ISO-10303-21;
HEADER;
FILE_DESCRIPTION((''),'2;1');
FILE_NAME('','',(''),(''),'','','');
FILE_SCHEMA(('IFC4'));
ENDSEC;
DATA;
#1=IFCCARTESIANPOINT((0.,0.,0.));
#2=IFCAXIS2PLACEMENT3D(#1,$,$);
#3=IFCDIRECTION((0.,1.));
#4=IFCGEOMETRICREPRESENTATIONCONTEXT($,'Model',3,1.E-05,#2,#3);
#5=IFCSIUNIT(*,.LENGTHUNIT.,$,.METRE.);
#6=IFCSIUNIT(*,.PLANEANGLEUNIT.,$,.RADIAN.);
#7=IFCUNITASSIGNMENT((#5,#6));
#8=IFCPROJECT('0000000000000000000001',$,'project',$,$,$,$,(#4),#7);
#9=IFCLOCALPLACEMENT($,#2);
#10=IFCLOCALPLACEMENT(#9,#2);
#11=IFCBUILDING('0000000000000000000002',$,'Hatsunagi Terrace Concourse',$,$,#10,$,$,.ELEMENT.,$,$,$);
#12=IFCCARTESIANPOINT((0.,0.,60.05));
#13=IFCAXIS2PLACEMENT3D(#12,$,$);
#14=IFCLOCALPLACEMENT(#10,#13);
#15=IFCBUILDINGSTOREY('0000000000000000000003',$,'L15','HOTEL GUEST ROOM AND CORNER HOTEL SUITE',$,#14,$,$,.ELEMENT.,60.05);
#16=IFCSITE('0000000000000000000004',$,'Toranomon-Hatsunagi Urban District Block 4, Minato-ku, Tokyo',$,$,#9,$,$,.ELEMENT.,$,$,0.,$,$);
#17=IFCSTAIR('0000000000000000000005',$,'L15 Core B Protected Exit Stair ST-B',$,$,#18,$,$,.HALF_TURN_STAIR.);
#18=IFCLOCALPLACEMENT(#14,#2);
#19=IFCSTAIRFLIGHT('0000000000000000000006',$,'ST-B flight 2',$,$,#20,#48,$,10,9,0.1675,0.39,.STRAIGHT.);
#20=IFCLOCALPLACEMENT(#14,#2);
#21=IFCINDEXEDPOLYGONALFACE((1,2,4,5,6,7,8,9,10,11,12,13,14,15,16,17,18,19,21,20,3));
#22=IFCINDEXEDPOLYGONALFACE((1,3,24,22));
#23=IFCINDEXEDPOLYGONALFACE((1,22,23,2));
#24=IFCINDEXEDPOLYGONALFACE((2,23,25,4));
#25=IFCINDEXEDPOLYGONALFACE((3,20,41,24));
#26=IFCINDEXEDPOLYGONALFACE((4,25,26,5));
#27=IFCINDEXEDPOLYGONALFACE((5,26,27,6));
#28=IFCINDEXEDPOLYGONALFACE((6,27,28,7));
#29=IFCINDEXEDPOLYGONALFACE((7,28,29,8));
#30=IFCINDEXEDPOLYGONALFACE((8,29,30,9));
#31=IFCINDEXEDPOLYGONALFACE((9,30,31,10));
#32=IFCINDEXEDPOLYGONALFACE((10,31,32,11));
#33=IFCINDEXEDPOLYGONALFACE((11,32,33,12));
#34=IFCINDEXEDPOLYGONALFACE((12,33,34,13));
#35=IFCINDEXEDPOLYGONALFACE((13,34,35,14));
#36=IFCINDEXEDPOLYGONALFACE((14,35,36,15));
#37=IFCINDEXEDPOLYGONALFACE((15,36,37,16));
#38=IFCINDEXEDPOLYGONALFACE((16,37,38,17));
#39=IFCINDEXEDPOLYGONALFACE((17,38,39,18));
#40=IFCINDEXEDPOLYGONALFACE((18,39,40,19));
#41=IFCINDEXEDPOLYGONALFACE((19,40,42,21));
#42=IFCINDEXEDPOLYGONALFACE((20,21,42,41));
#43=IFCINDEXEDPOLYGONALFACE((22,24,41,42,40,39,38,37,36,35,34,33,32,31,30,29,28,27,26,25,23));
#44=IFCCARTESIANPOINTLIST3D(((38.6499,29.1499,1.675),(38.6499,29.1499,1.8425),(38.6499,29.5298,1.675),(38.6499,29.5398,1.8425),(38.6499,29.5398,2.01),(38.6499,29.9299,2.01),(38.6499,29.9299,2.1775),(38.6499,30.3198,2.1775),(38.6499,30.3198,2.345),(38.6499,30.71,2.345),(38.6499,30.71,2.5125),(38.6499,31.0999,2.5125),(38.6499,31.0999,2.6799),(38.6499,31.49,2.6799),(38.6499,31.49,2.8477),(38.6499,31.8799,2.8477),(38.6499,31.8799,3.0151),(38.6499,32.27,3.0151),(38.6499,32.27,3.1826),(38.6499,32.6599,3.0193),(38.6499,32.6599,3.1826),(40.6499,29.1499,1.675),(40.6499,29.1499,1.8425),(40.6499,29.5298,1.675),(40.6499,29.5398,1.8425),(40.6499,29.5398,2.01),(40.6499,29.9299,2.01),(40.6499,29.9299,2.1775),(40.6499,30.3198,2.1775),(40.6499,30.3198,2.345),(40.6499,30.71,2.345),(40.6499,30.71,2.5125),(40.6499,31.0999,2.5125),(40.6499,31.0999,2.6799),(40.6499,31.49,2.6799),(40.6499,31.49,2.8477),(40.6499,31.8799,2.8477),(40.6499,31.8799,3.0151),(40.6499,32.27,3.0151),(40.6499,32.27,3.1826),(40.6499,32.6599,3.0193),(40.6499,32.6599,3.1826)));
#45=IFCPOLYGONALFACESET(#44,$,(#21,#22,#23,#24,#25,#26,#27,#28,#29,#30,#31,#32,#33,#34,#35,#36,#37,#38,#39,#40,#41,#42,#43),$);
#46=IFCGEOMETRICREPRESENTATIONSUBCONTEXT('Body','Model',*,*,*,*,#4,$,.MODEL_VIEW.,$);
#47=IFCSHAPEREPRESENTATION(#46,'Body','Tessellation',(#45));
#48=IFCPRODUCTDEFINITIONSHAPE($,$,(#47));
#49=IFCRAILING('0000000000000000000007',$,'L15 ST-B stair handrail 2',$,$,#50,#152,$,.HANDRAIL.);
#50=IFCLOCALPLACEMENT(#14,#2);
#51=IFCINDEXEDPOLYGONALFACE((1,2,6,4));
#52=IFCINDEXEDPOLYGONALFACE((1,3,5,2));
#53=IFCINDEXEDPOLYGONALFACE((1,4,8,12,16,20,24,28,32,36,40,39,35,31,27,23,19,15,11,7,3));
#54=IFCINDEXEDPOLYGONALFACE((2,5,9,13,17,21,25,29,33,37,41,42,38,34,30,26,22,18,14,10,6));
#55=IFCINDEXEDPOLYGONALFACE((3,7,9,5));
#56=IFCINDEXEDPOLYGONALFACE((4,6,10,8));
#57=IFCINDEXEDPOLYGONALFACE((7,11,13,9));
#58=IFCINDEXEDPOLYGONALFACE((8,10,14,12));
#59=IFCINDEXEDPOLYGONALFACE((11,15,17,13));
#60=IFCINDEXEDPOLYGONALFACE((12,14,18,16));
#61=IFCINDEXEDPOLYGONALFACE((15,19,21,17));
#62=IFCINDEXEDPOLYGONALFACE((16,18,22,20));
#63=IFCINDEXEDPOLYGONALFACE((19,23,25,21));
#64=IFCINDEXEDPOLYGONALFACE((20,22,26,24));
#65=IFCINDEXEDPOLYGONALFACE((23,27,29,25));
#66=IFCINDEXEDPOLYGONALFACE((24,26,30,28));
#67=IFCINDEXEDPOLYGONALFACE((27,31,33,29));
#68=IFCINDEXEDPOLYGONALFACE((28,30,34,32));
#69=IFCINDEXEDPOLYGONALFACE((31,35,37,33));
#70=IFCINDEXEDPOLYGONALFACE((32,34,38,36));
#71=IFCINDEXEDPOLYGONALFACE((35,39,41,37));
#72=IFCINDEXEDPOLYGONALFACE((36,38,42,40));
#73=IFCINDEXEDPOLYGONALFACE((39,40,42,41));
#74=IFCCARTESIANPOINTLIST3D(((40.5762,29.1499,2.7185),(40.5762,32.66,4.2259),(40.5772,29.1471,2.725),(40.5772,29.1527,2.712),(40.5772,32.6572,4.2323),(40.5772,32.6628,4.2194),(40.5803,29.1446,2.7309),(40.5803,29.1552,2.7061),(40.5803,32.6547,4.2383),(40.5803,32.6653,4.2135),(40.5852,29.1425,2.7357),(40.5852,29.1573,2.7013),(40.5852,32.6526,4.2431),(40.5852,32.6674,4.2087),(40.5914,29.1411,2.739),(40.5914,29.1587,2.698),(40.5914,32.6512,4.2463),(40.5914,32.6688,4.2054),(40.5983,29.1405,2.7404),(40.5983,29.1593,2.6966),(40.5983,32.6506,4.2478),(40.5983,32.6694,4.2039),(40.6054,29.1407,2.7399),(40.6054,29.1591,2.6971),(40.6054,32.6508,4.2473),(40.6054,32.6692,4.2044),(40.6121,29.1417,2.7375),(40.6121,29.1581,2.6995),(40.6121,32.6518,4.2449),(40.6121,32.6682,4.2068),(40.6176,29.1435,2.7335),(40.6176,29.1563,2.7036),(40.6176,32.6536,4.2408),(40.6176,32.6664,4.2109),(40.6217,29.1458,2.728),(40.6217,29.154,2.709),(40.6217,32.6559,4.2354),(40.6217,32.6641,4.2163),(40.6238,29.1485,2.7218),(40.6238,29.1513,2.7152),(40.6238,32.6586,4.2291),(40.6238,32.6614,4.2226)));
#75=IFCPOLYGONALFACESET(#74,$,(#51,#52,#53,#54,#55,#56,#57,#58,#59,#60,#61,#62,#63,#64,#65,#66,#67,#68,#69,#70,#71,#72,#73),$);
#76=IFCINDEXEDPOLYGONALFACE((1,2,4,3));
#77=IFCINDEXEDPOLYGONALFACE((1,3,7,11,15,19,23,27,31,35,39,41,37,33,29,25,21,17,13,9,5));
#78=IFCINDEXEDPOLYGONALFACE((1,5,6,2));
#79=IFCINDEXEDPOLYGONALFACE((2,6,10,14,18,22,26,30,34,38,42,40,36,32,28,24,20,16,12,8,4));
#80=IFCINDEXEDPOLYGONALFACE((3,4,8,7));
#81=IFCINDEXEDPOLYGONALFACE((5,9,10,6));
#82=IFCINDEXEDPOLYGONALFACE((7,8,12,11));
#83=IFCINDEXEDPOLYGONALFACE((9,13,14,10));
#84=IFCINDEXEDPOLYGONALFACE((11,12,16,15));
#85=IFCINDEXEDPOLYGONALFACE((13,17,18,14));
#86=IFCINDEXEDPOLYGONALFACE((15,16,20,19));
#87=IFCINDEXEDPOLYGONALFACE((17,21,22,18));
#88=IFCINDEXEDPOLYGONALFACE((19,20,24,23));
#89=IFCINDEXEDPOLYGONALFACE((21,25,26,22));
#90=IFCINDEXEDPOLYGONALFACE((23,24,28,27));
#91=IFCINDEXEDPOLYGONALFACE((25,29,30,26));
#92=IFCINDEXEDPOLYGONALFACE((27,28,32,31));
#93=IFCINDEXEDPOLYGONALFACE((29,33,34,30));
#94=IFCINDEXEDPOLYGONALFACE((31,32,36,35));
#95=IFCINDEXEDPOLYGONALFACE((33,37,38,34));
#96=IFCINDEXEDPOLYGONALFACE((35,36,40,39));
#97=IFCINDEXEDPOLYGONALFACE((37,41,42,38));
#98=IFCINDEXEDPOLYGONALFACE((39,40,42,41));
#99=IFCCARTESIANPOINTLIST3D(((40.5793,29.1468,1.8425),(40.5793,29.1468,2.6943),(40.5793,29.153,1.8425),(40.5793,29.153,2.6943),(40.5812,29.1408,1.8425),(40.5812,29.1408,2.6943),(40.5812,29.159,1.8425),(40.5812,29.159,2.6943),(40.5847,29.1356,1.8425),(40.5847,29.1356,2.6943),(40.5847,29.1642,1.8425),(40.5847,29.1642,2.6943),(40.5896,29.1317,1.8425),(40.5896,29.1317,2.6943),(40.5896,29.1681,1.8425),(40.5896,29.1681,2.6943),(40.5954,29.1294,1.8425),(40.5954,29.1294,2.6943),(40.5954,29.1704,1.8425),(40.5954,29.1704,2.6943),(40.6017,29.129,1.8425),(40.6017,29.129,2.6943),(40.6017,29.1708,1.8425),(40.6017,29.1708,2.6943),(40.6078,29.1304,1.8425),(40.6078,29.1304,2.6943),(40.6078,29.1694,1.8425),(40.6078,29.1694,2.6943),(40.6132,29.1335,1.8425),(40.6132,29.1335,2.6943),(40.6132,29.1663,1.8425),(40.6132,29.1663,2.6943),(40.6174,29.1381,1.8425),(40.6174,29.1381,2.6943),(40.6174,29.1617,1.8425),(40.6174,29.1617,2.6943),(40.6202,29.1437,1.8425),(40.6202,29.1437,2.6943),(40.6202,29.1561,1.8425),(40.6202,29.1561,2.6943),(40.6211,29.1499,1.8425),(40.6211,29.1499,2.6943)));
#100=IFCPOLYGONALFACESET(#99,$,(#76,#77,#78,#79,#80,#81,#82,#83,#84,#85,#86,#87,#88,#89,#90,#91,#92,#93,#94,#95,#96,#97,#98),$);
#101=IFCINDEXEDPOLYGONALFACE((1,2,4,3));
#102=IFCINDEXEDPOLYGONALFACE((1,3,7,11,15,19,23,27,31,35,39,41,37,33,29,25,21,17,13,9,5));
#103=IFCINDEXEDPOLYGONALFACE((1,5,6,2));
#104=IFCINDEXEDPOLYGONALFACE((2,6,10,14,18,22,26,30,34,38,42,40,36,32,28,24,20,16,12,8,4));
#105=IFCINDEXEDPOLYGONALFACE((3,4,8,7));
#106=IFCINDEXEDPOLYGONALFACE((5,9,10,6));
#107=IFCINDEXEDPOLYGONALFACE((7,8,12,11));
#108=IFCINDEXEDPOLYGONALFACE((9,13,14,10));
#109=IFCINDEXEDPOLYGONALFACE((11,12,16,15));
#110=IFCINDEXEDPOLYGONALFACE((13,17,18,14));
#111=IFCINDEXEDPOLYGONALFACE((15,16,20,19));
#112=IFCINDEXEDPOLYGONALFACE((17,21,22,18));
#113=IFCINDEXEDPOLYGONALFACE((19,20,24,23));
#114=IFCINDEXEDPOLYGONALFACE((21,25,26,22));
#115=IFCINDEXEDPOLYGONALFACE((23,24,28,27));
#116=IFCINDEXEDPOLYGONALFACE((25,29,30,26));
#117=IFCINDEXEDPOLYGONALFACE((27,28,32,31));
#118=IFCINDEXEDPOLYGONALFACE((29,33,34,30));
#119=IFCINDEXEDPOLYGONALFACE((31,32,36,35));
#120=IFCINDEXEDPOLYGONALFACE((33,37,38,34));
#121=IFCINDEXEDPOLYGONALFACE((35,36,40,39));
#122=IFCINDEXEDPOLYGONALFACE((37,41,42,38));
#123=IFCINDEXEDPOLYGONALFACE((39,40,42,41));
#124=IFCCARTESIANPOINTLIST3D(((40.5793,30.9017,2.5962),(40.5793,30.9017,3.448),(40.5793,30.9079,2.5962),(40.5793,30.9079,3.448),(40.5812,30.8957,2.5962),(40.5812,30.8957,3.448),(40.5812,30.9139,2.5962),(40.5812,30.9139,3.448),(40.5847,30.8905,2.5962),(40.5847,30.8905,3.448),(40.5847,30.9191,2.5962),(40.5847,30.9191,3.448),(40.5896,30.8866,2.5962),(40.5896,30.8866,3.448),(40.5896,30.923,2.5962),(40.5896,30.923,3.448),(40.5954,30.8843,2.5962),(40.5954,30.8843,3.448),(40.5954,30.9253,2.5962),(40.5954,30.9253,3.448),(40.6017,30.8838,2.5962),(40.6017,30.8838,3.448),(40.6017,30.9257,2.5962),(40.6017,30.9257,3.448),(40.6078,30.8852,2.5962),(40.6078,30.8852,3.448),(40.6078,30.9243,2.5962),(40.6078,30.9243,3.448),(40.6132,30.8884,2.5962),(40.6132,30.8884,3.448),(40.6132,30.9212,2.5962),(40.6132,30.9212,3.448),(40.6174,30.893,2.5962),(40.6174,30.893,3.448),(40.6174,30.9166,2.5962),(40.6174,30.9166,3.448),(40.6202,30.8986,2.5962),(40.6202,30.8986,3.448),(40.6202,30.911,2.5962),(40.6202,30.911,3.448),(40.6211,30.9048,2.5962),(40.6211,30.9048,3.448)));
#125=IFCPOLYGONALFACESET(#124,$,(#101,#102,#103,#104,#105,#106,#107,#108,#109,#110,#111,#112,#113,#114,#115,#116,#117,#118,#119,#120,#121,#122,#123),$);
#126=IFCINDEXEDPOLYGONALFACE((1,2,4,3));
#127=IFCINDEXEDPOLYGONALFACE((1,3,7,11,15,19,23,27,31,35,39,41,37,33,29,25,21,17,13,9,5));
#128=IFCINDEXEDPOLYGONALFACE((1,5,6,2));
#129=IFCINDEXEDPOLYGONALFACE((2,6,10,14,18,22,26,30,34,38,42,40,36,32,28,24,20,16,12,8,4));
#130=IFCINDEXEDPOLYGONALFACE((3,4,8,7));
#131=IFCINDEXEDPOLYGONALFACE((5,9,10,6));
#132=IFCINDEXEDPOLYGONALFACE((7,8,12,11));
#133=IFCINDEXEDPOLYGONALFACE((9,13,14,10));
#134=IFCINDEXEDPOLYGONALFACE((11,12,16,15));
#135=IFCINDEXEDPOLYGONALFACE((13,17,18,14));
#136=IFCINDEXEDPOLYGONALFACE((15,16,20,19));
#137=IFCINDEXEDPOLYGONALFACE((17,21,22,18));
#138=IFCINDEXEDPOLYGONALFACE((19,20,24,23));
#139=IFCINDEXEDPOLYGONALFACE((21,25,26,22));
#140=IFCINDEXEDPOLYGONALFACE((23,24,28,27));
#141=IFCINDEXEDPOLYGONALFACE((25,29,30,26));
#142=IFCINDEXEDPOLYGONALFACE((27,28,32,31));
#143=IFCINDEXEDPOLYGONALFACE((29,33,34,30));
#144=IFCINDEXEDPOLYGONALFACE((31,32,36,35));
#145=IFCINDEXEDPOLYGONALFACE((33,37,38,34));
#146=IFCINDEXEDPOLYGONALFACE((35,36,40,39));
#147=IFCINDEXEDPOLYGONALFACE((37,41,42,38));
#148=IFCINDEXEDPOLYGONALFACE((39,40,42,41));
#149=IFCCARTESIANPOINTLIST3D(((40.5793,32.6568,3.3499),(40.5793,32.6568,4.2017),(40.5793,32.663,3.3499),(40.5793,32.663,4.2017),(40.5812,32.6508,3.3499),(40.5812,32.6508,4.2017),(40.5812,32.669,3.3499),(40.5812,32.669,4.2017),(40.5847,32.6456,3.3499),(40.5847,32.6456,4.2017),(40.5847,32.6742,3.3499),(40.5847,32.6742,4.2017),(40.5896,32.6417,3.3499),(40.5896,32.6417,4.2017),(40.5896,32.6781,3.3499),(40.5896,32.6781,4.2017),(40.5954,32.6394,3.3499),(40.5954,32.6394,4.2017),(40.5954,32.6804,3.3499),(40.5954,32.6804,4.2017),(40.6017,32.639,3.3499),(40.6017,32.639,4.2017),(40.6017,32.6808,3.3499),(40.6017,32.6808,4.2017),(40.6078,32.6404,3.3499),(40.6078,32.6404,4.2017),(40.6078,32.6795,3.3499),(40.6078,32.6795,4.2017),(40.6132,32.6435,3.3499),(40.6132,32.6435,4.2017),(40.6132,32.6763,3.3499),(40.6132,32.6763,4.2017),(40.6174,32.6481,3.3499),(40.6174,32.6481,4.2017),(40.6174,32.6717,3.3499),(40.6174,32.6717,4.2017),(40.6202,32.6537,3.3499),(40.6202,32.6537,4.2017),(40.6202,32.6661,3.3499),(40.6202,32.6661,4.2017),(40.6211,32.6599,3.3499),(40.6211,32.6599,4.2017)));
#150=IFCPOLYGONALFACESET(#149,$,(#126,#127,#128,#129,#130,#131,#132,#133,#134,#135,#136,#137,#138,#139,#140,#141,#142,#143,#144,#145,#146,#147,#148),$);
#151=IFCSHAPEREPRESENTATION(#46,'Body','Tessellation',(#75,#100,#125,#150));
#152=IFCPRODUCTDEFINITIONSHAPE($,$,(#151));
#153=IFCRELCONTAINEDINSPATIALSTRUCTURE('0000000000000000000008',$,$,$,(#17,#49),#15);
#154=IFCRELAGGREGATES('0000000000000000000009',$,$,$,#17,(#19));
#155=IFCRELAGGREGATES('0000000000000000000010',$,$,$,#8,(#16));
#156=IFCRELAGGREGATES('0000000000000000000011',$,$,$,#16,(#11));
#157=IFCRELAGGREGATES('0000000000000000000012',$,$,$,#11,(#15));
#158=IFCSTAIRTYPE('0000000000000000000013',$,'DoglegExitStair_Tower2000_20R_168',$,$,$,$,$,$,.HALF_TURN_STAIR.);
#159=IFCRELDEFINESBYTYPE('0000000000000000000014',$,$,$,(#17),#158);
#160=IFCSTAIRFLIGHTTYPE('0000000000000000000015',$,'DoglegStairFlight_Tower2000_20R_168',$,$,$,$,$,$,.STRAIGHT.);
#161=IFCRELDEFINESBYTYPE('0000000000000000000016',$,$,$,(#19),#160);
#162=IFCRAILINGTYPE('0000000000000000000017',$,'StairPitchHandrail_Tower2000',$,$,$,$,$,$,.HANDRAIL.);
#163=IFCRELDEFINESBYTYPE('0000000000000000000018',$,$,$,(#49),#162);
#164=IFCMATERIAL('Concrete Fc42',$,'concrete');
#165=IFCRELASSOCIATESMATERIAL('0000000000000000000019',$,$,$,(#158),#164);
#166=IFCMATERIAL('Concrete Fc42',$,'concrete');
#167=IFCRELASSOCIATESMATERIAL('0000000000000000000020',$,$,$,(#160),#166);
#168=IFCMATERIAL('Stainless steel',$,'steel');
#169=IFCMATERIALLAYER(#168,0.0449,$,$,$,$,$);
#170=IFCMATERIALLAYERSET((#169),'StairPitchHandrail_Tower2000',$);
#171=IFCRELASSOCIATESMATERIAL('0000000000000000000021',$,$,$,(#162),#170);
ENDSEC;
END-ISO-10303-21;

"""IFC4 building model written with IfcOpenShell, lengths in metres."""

from ifc_helpers import new_model, si_unit, direction, frame, origin, origin_2d, place, context, subcontext, project, spatial, polyline, circle, outline, extrude, material, layer, layer_set, type_object, element, aggregate, save


model = new_model("IFC4")

# Units and contexts
model_context = context("Model", 3, precision=1e-05, world=origin(), true_north=direction((0.0, 1.0)))
body_context = subcontext(model_context, "Body", "Model", "MODEL_VIEW")
ifc_project = project(units=[si_unit("LENGTHUNIT", "METRE"), si_unit("PLANEANGLEUNIT", "RADIAN")], contexts=[model_context])

# Site, building, storey
site_placement = place(None, origin())
site = spatial("IfcSite", under=ifc_project, at=site_placement, Name="Toranomon-Hatsunagi Urban District Block 4, Minato-ku, Tokyo", CompositionType="ELEMENT", RefElevation=0.0)
building_placement = place(site_placement, origin())
building = spatial("IfcBuilding", under=site, at=building_placement, Name="Hatsunagi Terrace Concourse", CompositionType="ELEMENT")
storey_placement = place(building_placement, frame((0.0, 0.0, 60.05)))
storey = spatial("IfcBuildingStorey", under=building, at=storey_placement, Name="L15", Description="HOTEL GUEST ROOM AND CORNER HOTEL SUITE", CompositionType="ELEMENT", Elevation=60.05)

# Stair, stair flight
ifc_material_1 = material(Name="Concrete Fc42", Category="concrete")
stair_type = type_object("IfcStairType", Name="DoglegExitStair_Tower2000_20R_168", PredefinedType="HALF_TURN_STAIR", material=ifc_material_1)
stair_placement = place(storey_placement, origin())
stair = element("IfcStair", 1, at=stair_placement, inside=storey, type_object=stair_type, Name="L15 Core B Protected Exit Stair ST-B", PredefinedType="HALF_TURN_STAIR")
ifc_material_2 = material(Name="Concrete Fc42", Category="concrete")
stair_flight_type = type_object("IfcStairFlightType", Name="DoglegStairFlight_Tower2000_20R_168", PredefinedType="STRAIGHT", material=ifc_material_2)
stair_flight_placement = place(storey_placement, frame((39.6499, 29.1499, 1.675), z_axis=(0.0, 0.0, 1.0), x_axis=(0.0, 1.0, 0.0)))
stair_flight = element("IfcStairFlight", 2, at=stair_flight_placement, type_object=stair_flight_type, Name="ST-B flight 2", NumberOfRisers=10, NumberOfTreads=9, PredefinedType="STRAIGHT", RiserHeight=0.1675, TreadLength=0.39, context=body_context, shape_type="SweptSolid", body=[
    extrude(outline(polyline([(0.0, 0.0), (0.0, 0.1675), (0.3899, 0.1675), (0.3899, 0.335), (0.78, 0.335), (0.78, 0.5024), (1.1699, 0.5024), (1.1699, 0.6699), (1.5601, 0.6699), (1.5601, 0.8374), (1.95, 0.8374), (1.95, 1.0049), (2.3401, 1.0049), (2.3401, 1.1726), (2.73, 1.1726), (2.73, 1.3401), (3.1201, 1.3401), (3.1201, 1.5076), (3.51, 1.5076), (3.51, 1.675), (3.51, 1.3442), (0.3799, 0.0), (0.0, 0.0)])), frame((0.0, 1.0, 0.0), z_axis=(0.0, -1.0, 0.0), x_axis=(1.0, 0.0, 0.0)), (0.0, 0.0, 1.0), 2.0),
])
aggregate(stair, [stair_flight])

# Railing
ifc_material_3 = material(Name="Stainless steel", Category="steel")
ifc_layer_1 = layer(ifc_material_3, 0.0449)
ifc_layer_set_1 = layer_set([ifc_layer_1], Name="StairPitchHandrail_Tower2000")
railing_type_1 = type_object("IfcRailingType", Name="StairPitchHandrail_Tower2000", PredefinedType="HANDRAIL", material=ifc_layer_set_1)
railing_1_placement = place(storey_placement, frame((40.6001, 29.1499, 1.8425)))
element("IfcRailing", 3, at=railing_1_placement, inside=storey, type_object=railing_type_1, Name="L15 ST-B stair handrail 2", PredefinedType="HANDRAIL", context=body_context, shape_type="SweptSolid", body=[
    extrude(circle(Radius=0.0239, at=origin_2d()), frame((0.0, 0.0, 0.876), z_axis=(0.0, 0.918857, 0.39459), x_axis=(-1.0, 0.0, 0.0)), (0.0, 0.0, 1.0), 3.8201),
    extrude(circle(Radius=0.021, at=origin_2d()), origin(), (0.0, 0.0, 1.0), 0.8518),
    extrude(circle(Radius=0.021, at=origin_2d()), frame((0.0, 1.7549, 0.7537)), (0.0, 0.0, 1.0), 0.8518),
    extrude(circle(Radius=0.021, at=origin_2d()), frame((0.0, 3.51, 1.5073)), (0.0, 0.0, 1.0), 0.8518),
])

save(model, "model.ifc")
